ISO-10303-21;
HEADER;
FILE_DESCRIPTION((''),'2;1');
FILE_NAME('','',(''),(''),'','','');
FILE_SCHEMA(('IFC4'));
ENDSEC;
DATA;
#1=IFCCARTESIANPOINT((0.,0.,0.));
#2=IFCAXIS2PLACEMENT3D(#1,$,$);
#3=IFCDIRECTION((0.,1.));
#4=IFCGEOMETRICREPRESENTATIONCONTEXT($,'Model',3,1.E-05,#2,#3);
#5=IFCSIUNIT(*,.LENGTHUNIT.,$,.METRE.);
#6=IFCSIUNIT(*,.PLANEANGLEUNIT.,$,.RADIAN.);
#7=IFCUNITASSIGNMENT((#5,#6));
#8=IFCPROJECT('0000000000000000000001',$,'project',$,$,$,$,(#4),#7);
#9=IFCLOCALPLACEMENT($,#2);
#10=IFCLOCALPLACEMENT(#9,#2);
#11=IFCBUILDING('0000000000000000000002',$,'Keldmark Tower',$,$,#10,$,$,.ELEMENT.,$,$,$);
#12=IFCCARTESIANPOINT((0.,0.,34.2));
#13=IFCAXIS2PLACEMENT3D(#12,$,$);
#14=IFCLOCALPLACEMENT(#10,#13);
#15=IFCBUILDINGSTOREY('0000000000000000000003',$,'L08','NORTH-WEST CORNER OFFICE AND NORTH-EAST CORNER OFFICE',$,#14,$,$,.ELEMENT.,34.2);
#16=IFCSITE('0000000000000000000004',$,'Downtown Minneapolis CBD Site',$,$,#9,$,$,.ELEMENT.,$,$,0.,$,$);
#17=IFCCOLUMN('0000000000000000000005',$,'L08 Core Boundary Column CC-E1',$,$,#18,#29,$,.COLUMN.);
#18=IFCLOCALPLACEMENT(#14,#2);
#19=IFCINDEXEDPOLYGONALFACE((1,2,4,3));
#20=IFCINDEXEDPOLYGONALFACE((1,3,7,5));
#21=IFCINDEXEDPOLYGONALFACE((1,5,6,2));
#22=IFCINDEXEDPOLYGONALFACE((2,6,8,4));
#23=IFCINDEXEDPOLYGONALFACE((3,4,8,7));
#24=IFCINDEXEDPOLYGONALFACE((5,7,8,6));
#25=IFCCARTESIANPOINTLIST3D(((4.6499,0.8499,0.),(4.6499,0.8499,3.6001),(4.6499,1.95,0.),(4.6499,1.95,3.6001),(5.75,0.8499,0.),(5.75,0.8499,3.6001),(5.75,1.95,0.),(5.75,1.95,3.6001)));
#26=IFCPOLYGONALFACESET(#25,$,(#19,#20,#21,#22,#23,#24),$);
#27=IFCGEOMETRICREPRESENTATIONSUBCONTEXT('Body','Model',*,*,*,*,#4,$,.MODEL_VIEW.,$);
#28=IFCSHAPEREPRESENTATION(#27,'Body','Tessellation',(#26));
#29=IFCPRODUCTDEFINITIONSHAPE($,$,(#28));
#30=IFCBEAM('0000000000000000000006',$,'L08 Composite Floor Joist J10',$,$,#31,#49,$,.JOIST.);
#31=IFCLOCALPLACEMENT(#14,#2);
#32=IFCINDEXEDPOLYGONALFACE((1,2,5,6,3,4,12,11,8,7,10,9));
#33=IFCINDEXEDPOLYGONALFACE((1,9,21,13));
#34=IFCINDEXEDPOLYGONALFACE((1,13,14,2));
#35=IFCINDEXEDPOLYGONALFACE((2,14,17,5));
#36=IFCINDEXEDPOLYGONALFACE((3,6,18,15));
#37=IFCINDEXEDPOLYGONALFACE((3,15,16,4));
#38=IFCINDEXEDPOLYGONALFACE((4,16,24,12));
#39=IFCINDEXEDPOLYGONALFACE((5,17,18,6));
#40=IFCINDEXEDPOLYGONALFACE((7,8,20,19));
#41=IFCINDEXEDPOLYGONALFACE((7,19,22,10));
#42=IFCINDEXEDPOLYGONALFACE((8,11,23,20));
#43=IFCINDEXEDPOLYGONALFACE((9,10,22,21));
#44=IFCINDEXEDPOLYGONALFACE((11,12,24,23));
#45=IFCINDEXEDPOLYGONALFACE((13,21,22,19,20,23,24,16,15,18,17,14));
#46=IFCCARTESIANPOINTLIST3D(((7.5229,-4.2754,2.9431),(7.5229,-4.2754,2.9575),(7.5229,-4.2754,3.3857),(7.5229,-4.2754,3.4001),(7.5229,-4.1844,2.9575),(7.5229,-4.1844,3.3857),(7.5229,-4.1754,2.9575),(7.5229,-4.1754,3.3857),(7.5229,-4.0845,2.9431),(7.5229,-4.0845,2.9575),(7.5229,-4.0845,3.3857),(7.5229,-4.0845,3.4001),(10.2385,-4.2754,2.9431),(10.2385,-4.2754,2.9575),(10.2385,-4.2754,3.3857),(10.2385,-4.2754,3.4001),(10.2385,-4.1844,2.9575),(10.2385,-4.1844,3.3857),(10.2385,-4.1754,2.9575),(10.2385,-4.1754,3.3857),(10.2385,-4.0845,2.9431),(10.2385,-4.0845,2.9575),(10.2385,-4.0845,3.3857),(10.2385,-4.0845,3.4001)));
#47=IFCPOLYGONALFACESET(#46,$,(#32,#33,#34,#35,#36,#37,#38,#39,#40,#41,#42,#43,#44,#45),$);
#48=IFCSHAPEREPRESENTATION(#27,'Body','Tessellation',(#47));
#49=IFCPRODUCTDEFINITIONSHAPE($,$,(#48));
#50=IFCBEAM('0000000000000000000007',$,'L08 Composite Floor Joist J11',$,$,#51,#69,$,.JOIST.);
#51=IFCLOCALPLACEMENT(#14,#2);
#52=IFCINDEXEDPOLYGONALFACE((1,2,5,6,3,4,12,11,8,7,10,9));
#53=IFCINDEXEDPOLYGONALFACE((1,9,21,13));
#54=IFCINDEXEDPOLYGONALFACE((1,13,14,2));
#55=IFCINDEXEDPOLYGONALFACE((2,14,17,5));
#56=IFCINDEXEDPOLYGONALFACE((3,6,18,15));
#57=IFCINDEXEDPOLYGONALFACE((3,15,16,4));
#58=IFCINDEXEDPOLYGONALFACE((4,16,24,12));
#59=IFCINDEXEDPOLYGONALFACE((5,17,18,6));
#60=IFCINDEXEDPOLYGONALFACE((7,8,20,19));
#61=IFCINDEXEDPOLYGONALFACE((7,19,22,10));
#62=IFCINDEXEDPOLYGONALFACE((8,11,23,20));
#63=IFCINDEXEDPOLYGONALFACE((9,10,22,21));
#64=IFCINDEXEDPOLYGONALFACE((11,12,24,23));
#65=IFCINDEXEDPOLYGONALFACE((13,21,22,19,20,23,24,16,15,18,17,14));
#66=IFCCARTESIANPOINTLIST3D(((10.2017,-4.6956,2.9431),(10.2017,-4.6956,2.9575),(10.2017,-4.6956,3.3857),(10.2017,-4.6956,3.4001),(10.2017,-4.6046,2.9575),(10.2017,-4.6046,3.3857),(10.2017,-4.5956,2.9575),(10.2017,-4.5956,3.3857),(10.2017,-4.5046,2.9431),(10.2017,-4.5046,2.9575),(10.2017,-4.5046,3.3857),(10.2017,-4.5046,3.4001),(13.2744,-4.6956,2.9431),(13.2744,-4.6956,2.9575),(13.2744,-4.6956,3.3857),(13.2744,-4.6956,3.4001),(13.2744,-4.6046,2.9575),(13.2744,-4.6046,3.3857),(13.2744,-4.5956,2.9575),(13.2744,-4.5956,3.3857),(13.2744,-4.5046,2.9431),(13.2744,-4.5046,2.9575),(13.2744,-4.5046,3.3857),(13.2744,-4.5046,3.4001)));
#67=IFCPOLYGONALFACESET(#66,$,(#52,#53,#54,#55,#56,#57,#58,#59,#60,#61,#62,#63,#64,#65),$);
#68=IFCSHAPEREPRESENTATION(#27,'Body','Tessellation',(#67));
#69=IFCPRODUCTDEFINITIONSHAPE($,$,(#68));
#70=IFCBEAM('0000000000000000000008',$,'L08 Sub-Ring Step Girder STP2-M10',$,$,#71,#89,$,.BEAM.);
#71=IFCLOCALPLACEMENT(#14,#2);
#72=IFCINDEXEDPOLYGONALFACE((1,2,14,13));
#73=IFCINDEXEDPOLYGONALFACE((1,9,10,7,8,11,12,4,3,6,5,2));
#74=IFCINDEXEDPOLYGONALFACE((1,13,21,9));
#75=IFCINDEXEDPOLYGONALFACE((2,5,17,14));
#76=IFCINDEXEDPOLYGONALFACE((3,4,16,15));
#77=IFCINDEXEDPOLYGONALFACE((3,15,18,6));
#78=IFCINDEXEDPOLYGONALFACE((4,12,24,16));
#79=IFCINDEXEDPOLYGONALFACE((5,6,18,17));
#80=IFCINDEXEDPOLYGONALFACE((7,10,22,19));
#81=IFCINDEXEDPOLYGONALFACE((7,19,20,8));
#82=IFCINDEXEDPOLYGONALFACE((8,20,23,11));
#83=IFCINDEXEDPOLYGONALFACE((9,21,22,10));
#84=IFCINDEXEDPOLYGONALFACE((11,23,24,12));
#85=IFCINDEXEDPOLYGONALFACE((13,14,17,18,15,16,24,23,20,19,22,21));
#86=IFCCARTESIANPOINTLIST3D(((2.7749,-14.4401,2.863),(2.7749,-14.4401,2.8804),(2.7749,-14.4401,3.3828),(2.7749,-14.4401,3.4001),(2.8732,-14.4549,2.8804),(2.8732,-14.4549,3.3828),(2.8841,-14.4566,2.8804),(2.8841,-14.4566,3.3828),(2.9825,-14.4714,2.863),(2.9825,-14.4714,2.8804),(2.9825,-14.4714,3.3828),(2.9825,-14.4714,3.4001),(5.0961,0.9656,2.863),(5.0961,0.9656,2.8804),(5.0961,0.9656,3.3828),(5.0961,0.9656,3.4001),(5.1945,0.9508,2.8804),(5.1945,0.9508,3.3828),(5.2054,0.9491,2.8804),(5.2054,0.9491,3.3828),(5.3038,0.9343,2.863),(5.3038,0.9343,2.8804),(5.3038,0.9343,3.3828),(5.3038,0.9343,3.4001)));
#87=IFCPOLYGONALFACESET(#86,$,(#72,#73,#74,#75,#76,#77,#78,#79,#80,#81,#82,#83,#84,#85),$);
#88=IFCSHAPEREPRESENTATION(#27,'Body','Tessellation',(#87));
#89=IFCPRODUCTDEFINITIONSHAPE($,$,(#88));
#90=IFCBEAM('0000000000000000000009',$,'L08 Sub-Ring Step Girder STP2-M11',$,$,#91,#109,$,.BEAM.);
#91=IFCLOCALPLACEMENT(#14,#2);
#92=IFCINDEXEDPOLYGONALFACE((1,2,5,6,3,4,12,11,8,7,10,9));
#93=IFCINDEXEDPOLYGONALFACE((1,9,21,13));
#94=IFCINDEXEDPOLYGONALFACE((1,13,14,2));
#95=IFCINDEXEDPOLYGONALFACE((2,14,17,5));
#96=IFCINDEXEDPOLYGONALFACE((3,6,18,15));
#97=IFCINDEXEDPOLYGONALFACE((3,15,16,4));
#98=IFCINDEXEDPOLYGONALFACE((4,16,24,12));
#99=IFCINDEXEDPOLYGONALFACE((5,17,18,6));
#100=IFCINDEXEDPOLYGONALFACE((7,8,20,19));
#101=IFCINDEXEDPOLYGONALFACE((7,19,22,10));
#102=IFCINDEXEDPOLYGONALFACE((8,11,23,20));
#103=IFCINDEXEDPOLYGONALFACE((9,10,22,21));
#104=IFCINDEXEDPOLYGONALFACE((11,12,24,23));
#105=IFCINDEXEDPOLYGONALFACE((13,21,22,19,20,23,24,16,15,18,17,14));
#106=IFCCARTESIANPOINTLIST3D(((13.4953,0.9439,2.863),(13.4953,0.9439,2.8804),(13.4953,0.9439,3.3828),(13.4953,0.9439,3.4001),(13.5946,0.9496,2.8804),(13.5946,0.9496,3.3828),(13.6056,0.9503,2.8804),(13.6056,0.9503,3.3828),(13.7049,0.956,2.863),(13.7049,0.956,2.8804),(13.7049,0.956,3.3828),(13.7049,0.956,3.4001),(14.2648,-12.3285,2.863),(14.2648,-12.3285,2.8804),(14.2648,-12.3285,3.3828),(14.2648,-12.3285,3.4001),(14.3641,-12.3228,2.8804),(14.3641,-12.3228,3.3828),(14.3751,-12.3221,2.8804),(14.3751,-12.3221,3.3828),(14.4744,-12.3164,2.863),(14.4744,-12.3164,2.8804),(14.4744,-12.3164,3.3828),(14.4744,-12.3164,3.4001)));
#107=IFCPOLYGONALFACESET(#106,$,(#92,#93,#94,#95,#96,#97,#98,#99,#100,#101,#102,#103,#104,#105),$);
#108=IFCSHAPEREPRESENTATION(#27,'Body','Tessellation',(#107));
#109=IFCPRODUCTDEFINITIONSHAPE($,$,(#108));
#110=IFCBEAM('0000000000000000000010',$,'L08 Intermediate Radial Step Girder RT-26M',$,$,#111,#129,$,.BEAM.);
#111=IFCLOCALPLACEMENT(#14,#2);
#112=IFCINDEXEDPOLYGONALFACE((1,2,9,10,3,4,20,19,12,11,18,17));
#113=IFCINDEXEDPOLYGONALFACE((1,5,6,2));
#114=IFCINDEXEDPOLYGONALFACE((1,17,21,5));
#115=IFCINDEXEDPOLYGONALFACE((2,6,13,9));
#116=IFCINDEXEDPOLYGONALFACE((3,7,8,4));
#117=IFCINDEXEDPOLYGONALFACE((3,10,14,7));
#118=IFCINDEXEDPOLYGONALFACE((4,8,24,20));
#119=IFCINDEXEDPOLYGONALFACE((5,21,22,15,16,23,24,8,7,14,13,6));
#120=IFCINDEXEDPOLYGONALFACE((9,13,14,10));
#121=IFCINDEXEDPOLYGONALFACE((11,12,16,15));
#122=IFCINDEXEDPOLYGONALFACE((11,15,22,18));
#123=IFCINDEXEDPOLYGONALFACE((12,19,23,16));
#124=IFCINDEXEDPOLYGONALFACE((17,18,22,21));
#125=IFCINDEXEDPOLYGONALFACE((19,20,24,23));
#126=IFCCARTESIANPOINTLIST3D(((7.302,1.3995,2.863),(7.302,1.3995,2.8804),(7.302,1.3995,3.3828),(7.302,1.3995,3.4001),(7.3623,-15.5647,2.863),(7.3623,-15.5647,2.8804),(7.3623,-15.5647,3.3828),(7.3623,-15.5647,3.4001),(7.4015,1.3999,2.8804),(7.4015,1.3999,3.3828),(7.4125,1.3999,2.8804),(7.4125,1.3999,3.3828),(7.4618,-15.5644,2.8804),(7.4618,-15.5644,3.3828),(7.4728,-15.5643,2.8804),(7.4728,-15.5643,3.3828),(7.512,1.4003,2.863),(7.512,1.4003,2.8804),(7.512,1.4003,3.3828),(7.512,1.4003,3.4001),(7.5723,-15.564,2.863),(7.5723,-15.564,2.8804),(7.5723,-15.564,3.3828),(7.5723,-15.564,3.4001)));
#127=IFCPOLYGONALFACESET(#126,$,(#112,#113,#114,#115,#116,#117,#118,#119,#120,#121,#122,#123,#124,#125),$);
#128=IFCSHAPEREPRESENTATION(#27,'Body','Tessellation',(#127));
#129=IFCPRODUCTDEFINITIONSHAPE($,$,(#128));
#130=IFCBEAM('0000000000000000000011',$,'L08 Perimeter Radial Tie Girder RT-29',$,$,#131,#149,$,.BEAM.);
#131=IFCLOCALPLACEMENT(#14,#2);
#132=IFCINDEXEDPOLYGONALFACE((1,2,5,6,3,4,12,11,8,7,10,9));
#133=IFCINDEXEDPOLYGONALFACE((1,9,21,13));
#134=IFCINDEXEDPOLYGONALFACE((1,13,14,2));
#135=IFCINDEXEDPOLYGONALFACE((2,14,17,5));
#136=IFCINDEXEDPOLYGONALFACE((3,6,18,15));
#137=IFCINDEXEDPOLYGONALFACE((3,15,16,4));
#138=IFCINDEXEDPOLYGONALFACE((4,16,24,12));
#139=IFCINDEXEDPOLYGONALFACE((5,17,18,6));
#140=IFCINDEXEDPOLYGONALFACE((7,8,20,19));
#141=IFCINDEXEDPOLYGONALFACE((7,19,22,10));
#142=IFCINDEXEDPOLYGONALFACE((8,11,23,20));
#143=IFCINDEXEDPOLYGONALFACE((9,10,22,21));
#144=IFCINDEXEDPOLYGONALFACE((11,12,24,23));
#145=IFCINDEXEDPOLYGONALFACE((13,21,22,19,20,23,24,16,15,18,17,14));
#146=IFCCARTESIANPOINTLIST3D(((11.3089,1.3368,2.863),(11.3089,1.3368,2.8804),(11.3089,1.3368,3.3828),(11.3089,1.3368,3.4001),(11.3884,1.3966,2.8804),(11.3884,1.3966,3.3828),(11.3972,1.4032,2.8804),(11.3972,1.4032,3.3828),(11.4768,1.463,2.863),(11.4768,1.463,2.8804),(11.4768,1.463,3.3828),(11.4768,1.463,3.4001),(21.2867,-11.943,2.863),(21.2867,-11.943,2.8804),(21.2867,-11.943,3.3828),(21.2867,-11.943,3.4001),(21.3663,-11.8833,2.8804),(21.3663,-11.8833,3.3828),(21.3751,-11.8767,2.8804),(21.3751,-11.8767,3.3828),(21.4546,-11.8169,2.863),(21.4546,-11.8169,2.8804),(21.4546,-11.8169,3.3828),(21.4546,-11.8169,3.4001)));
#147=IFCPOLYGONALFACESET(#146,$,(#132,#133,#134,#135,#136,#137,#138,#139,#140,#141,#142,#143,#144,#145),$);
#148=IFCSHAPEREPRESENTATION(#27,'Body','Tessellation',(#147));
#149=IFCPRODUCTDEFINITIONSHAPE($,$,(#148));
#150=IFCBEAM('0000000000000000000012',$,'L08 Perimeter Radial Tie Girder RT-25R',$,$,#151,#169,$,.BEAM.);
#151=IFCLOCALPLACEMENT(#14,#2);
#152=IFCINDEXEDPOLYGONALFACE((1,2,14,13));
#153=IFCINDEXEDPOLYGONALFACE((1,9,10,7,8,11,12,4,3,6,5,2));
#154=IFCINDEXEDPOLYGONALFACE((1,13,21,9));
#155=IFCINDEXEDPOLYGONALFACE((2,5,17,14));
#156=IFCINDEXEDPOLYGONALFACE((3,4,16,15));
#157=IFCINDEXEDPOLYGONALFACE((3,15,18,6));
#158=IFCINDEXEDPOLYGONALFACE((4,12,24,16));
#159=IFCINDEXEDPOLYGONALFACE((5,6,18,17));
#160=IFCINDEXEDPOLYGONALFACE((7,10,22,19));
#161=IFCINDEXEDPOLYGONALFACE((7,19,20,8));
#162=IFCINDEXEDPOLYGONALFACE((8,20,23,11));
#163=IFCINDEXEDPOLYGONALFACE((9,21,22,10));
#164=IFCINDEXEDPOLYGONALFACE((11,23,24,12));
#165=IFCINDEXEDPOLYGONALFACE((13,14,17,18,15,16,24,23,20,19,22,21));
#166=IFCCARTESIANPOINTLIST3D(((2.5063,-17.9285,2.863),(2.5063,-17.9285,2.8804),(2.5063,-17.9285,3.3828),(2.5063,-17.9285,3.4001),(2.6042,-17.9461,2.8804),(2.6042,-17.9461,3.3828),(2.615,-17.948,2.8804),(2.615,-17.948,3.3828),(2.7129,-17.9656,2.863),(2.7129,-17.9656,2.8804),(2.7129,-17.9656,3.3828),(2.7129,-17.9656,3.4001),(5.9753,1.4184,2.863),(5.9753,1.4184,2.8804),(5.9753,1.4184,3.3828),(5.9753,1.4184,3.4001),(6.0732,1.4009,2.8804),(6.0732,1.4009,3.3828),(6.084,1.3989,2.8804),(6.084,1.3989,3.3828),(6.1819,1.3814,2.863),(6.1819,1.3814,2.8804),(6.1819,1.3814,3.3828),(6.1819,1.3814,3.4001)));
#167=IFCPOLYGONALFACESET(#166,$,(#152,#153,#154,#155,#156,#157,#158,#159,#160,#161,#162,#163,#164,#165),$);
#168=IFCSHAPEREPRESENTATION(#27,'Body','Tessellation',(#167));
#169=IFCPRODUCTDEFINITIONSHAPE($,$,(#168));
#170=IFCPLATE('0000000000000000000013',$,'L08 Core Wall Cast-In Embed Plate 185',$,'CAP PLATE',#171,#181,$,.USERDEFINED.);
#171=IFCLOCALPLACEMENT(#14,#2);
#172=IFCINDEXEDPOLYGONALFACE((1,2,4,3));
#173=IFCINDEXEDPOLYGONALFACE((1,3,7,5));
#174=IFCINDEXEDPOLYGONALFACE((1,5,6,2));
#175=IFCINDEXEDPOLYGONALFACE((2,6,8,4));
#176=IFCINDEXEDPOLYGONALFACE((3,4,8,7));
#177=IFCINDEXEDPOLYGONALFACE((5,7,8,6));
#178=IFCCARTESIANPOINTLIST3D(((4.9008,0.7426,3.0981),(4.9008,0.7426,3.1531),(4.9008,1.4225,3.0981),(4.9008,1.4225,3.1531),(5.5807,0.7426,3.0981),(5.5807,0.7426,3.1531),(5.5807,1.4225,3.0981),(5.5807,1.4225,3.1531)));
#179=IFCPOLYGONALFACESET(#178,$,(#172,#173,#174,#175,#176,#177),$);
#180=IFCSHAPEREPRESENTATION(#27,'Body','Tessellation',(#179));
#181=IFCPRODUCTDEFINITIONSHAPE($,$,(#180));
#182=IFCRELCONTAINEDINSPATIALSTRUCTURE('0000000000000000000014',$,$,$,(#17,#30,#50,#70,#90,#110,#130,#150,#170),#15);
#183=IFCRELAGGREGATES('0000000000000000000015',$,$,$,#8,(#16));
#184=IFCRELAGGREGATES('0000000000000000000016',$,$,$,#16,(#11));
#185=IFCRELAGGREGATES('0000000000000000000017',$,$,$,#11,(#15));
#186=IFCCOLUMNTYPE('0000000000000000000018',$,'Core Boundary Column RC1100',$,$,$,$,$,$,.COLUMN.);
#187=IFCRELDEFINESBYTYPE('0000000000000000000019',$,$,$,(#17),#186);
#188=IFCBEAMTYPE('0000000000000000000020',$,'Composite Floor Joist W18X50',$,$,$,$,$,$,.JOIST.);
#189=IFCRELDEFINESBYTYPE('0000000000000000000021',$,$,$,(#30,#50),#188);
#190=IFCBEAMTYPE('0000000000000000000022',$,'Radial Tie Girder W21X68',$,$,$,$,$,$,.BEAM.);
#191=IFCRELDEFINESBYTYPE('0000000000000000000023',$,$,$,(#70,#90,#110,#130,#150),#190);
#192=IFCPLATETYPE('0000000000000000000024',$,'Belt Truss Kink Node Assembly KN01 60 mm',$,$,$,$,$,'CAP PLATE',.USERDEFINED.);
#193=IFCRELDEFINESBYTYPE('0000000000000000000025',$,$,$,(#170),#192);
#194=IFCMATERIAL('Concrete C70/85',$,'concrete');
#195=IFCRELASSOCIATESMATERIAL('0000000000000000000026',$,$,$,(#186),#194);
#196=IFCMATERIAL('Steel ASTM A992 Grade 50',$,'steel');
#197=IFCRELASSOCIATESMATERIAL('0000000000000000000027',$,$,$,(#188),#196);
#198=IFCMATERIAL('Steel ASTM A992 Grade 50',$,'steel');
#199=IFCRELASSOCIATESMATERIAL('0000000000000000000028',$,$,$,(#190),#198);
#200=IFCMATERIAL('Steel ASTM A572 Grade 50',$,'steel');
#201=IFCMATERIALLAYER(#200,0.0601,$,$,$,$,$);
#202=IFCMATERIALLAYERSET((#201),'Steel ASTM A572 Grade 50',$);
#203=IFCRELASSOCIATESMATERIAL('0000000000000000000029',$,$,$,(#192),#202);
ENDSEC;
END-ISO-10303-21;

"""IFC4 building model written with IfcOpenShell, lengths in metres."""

from ifc_helpers import new_model, si_unit, direction, frame, origin, origin_2d, place, context, subcontext, project, spatial, rectangle, i_section, extrude, material, layer, layer_set, material_profile, profile_set, type_object, element, save


model = new_model("IFC4")

# Units and contexts
model_context = context("Model", 3, precision=1e-05, world=origin(), true_north=direction((0.0, 1.0)))
body_context = subcontext(model_context, "Body", "Model", "MODEL_VIEW")
ifc_project = project(units=[si_unit("LENGTHUNIT", "METRE"), si_unit("PLANEANGLEUNIT", "RADIAN")], contexts=[model_context])

# Site, building, storey
site_placement = place(None, origin())
site = spatial("IfcSite", under=ifc_project, at=site_placement, Name="Downtown Minneapolis CBD Site", CompositionType="ELEMENT", RefElevation=0.0)
building_placement = place(site_placement, origin())
building = spatial("IfcBuilding", under=site, at=building_placement, Name="Keldmark Tower", CompositionType="ELEMENT")
storey_placement = place(building_placement, frame((0.0, 0.0, 34.2)))
storey = spatial("IfcBuildingStorey", under=building, at=storey_placement, Name="L08", Description="NORTH-WEST CORNER OFFICE AND NORTH-EAST CORNER OFFICE", CompositionType="ELEMENT", Elevation=34.2)

# Column
ifc_material_1 = material(Name="Concrete C70/85", Category="concrete")
ifc_material_profile_1 = material_profile(ifc_material_1, rectangle(XDim=1.1001, YDim=1.1001, at=origin_2d()), Name="RC1100X1100")
ifc_profile_set_1 = profile_set([ifc_material_profile_1], Name="Concrete C70/85")
column_type = type_object("IfcColumnType", Name="Core Boundary Column RC1100", PredefinedType="COLUMN", material=ifc_profile_set_1)
column_placement = place(storey_placement, frame((5.2, 1.3999, 0.0), z_axis=(0.0, 0.0, 1.0), x_axis=(1.0, 0.0, 0.0)))
element("IfcColumn", 1, at=column_placement, inside=storey, type_object=column_type, Name="L08 Core Boundary Column CC-E1", PredefinedType="COLUMN", context=body_context, shape_type="SweptSolid", body=[
    extrude(rectangle(XDim=1.1001, YDim=1.1001, at=origin_2d()), origin(), (0.0, 0.0, 1.0), 3.6001),
])

# Beams
ifc_material_2 = material(Name="Steel ASTM A992 Grade 50", Category="steel")
ifc_material_profile_2 = material_profile(ifc_material_2, i_section(OverallWidth=0.1909, OverallDepth=0.457, WebThickness=0.009, FlangeThickness=0.0144, at=origin_2d()), Name="W18X50")
ifc_profile_set_2 = profile_set([ifc_material_profile_2], Name="Steel ASTM A992 Grade 50")
beam_type_1 = type_object("IfcBeamType", Name="Composite Floor Joist W18X50", PredefinedType="JOIST", material=ifc_profile_set_2)
beam_1_placement = place(storey_placement, frame((7.5229, -4.1799, 3.1716), z_axis=(1.0, 0.0, 0.0), x_axis=(0.0, 1.0, 0.0)))
element("IfcBeam", 2, at=beam_1_placement, inside=storey, type_object=beam_type_1, Name="L08 Composite Floor Joist J10", PredefinedType="JOIST", context=body_context, shape_type="SweptSolid", body=[
    extrude(i_section(OverallWidth=0.1909, OverallDepth=0.457, WebThickness=0.009, FlangeThickness=0.0144, at=origin_2d()), origin(), (0.0, 0.0, 1.0), 2.7156),
])
beam_2_placement = place(storey_placement, frame((10.2017, -4.6001, 3.1716), z_axis=(1.0, 0.0, 0.0), x_axis=(0.0, 1.0, 0.0)))
element("IfcBeam", 3, at=beam_2_placement, inside=storey, type_object=beam_type_1, Name="L08 Composite Floor Joist J11", PredefinedType="JOIST", context=body_context, shape_type="SweptSolid", body=[
    extrude(i_section(OverallWidth=0.1909, OverallDepth=0.457, WebThickness=0.009, FlangeThickness=0.0144, at=origin_2d()), origin(), (0.0, 0.0, 1.0), 3.0728),
])
ifc_material_3 = material(Name="Steel ASTM A992 Grade 50", Category="steel")
ifc_material_profile_3 = material_profile(ifc_material_3, i_section(OverallWidth=0.21, OverallDepth=0.5371, WebThickness=0.011, FlangeThickness=0.0173, at=origin_2d()), Name="W21X68")
ifc_profile_set_3 = profile_set([ifc_material_profile_3], Name="Steel ASTM A992 Grade 50")
beam_type_2 = type_object("IfcBeamType", Name="Radial Tie Girder W21X68", PredefinedType="BEAM", material=ifc_profile_set_3)
beam_3_placement = place(storey_placement, frame((5.2, 0.95, 3.1316), z_axis=(-0.148995, -0.988838, 0.0), x_axis=(0.988838, -0.148995, 0.0)))
element("IfcBeam", 4, at=beam_3_placement, inside=storey, type_object=beam_type_2, Name="L08 Sub-Ring Step Girder STP2-M10", PredefinedType="BEAM", context=body_context, shape_type="SweptSolid", body=[
    extrude(i_section(OverallWidth=0.21, OverallDepth=0.5371, WebThickness=0.011, FlangeThickness=0.0173, at=origin_2d()), origin(), (0.0, 0.0, 1.0), 15.5796),
])
beam_4_placement = place(storey_placement, frame((13.6001, 0.95, 3.1316), z_axis=(0.057882, -0.998323, 0.0), x_axis=(0.998323, 0.057882, 0.0)))
element("IfcBeam", 5, at=beam_4_placement, inside=storey, type_object=beam_type_2, Name="L08 Sub-Ring Step Girder STP2-M11", PredefinedType="BEAM", context=body_context, shape_type="SweptSolid", body=[
    extrude(i_section(OverallWidth=0.21, OverallDepth=0.5371, WebThickness=0.011, FlangeThickness=0.0173, at=origin_2d()), origin(), (0.0, 0.0, 1.0), 13.2947),
])
beam_5_placement = place(storey_placement, frame((7.407, 1.3999, 3.1316), z_axis=(0.003555, -0.999994, 0.0), x_axis=(0.999994, 0.003555, 0.0)))
element("IfcBeam", 6, at=beam_5_placement, inside=storey, type_object=beam_type_2, Name="L08 Intermediate Radial Step Girder RT-26M", PredefinedType="BEAM", context=body_context, shape_type="SweptSolid", body=[
    extrude(i_section(OverallWidth=0.21, OverallDepth=0.5371, WebThickness=0.011, FlangeThickness=0.0173, at=origin_2d()), origin(), (0.0, 0.0, 1.0), 16.9644),
])
beam_6_placement = place(storey_placement, frame((11.3928, 1.3999, 3.1316), z_axis=(0.600691, -0.799481, 0.0), x_axis=(0.799481, 0.600691, 0.0)))
element("IfcBeam", 7, at=beam_6_placement, inside=storey, type_object=beam_type_2, Name="L08 Perimeter Radial Tie Girder RT-29", PredefinedType="BEAM", context=body_context, shape_type="SweptSolid", body=[
    extrude(i_section(OverallWidth=0.21, OverallDepth=0.5371, WebThickness=0.011, FlangeThickness=0.0173, at=origin_2d()), origin(), (0.0, 0.0, 1.0), 16.6106),
])
beam_7_placement = place(storey_placement, frame((6.0786, 1.3999, 3.1316), z_axis=(-0.17649, -0.984302, 0.0), x_axis=(0.984302, -0.17649, 0.0)))
element("IfcBeam", 8, at=beam_7_placement, inside=storey, type_object=beam_type_2, Name="L08 Perimeter Radial Tie Girder RT-25R", PredefinedType="BEAM", context=body_context, shape_type="SweptSolid", body=[
    extrude(i_section(OverallWidth=0.21, OverallDepth=0.5371, WebThickness=0.011, FlangeThickness=0.0173, at=origin_2d()), origin(), (0.0, 0.0, 1.0), 19.6555),
])

# Plate
ifc_material_4 = material(Name="Steel ASTM A572 Grade 50", Category="steel")
ifc_layer_1 = layer(ifc_material_4, 0.0601)
ifc_layer_set_1 = layer_set([ifc_layer_1], Name="Steel ASTM A572 Grade 50")
plate_type = type_object("IfcPlateType", Name="Belt Truss Kink Node Assembly KN01 60 mm", ElementType="CAP PLATE", PredefinedType="USERDEFINED", material=ifc_layer_set_1)
for number, where, z_axis, x_axis, name in (
    (9, (5.2407, 1.0825, 3.0981), (0.0, 0.0, 1.0), (1.0, 0.0, 0.0), "L08 Core Wall Cast-In Embed Plate 185"),
):
    element("IfcPlate", number, at=place(storey_placement, frame(where, z_axis=z_axis, x_axis=x_axis)), inside=storey, type_object=plate_type, Name=name, ObjectType="CAP PLATE", PredefinedType="USERDEFINED", context=body_context, shape_type="SweptSolid", body=[
        extrude(rectangle(XDim=0.6799, YDim=0.6799, at=origin_2d()), origin(), (0.0, 0.0, 1.0), 0.0549),
    ])

save(model, "model.ifc")
